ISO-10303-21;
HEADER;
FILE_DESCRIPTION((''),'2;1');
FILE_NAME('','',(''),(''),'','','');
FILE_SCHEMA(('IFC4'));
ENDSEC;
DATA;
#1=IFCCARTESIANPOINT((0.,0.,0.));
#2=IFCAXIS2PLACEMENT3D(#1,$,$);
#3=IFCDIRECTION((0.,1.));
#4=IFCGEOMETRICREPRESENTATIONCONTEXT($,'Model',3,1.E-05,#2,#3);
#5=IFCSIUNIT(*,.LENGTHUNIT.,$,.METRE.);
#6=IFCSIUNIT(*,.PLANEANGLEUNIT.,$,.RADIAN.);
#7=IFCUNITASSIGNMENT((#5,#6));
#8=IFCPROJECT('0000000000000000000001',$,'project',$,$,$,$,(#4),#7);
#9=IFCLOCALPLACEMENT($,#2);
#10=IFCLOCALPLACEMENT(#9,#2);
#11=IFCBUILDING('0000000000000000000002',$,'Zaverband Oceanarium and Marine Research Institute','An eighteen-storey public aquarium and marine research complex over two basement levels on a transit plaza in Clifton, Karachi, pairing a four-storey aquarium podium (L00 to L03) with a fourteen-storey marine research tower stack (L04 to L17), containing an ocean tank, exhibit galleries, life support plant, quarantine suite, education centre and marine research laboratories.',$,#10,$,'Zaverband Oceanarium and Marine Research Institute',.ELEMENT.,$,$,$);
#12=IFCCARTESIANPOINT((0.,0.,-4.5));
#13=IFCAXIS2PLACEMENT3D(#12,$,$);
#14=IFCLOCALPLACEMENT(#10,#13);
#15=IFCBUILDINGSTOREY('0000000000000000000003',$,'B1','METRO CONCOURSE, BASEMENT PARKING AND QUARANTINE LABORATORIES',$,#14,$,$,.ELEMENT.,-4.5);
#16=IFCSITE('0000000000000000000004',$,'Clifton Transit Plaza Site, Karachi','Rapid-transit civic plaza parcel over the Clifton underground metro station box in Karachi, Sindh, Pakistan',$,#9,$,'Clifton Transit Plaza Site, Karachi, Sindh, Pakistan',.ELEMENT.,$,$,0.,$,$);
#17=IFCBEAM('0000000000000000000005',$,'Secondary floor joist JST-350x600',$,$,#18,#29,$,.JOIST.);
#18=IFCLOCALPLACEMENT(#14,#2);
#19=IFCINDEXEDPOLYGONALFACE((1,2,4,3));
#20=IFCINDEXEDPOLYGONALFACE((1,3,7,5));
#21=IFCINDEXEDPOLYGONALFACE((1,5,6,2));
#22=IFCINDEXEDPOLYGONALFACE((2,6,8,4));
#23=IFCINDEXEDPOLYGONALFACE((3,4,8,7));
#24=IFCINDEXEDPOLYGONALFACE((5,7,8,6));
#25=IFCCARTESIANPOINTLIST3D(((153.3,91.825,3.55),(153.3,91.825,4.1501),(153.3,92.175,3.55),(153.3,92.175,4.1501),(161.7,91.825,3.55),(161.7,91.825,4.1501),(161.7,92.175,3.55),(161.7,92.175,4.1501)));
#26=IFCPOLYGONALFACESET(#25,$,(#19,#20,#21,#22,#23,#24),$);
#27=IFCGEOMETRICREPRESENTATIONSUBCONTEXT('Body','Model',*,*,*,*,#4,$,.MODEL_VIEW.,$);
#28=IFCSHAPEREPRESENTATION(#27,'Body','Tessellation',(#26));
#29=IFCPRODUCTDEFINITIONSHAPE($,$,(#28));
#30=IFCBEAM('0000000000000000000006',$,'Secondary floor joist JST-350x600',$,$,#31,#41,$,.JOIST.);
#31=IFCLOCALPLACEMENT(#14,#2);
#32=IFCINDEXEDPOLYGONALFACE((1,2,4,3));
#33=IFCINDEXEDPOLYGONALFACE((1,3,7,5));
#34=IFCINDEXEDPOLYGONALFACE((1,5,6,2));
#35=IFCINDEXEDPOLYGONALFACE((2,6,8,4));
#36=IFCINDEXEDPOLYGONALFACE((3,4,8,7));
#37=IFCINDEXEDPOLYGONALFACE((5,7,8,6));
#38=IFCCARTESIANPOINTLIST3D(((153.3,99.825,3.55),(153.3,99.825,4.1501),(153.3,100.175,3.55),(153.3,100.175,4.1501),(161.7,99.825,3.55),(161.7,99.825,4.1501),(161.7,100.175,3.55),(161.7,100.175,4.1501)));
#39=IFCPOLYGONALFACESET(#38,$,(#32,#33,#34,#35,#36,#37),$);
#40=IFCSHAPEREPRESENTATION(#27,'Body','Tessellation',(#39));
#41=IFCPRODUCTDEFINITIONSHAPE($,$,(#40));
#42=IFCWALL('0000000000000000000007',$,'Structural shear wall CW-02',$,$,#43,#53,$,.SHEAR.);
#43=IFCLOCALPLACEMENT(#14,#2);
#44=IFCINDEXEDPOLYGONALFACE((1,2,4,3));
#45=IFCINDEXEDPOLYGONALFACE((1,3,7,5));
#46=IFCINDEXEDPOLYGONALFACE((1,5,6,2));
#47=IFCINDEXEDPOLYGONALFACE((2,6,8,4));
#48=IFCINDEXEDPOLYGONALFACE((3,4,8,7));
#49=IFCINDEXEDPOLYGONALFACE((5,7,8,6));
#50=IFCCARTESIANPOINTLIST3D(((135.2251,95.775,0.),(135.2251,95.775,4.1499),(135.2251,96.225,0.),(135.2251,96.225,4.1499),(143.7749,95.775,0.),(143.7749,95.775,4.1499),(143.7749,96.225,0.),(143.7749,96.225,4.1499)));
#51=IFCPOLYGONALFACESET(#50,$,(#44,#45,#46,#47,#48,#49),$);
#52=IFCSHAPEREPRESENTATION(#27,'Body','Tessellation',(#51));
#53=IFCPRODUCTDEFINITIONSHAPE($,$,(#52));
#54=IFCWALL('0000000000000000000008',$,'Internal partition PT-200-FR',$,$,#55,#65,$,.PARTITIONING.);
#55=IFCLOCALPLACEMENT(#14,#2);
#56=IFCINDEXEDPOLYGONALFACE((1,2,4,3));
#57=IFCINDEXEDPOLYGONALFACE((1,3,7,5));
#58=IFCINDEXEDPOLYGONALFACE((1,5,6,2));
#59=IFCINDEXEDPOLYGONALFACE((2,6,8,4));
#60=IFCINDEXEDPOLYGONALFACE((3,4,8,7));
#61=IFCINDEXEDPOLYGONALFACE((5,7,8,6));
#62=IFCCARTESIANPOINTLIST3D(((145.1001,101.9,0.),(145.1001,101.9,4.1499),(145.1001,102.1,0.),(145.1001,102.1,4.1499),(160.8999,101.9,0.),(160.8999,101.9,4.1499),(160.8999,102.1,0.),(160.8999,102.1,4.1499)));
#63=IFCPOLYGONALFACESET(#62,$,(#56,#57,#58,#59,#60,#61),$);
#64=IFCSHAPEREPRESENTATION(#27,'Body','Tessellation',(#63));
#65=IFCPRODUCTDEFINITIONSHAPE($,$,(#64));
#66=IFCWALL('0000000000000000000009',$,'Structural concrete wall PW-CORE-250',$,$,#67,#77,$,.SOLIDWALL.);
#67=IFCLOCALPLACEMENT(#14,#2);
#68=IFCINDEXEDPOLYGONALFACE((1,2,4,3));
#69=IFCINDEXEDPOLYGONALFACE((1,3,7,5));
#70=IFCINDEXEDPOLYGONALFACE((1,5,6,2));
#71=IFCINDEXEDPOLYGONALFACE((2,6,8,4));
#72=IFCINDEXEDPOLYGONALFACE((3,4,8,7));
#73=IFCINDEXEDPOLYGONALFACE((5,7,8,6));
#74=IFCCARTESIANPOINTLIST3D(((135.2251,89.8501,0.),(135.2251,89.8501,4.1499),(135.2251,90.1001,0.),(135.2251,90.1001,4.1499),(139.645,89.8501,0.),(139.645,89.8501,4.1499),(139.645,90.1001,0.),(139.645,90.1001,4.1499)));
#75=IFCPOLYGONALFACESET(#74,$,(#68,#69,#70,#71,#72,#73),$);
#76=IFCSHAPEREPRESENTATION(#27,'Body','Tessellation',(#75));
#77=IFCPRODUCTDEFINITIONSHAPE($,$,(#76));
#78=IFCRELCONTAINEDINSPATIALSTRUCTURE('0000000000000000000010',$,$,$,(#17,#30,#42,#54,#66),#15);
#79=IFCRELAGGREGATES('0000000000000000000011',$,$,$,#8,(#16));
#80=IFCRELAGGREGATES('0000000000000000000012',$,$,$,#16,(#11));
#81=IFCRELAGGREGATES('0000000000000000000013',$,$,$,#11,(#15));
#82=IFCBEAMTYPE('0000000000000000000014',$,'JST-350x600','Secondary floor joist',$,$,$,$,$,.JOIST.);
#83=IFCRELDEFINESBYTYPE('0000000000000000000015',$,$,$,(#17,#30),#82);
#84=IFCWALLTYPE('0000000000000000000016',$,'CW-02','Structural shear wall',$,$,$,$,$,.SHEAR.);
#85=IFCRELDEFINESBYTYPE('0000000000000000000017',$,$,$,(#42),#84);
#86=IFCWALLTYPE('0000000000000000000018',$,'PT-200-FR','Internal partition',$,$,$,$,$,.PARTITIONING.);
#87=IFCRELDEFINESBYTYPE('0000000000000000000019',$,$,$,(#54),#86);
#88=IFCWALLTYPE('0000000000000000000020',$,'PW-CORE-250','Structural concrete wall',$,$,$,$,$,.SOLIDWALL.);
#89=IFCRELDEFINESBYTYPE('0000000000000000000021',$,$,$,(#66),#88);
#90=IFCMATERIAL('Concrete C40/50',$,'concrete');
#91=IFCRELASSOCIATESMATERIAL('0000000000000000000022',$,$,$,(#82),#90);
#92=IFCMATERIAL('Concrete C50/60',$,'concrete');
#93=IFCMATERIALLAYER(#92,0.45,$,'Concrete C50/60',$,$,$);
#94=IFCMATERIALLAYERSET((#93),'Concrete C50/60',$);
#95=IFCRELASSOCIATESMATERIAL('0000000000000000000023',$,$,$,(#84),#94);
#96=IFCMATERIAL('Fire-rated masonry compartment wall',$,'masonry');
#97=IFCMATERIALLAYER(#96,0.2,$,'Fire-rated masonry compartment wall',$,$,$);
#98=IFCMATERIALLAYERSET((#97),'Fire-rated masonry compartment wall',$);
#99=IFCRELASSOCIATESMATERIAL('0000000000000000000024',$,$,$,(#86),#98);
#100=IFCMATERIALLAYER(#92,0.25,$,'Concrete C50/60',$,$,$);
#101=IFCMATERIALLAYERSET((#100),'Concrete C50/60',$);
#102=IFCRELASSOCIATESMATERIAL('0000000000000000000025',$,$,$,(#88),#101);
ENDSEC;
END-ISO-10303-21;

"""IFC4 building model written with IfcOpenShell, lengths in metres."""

from ifc_helpers import new_model, si_unit, direction, frame, frame_2d, origin, origin_2d, place, context, subcontext, project, spatial, rectangle, extrude, material, layer, layer_set, material_profile, profile_set, type_object, element, save


model = new_model("IFC4")

# Units and contexts
model_context = context("Model", 3, precision=1e-05, world=origin(), true_north=direction((0.0, 1.0)))
body_context = subcontext(model_context, "Body", "Model", "MODEL_VIEW")
ifc_project = project(units=[si_unit("LENGTHUNIT", "METRE"), si_unit("PLANEANGLEUNIT", "RADIAN")], contexts=[model_context])

# Site, building, storey
site_placement = place(None, origin())
site = spatial("IfcSite", under=ifc_project, at=site_placement, Name="Clifton Transit Plaza Site, Karachi", Description="Rapid-transit civic plaza parcel over the Clifton underground metro station box in Karachi, Sindh, Pakistan", LongName="Clifton Transit Plaza Site, Karachi, Sindh, Pakistan", CompositionType="ELEMENT", RefElevation=0.0)
building_placement = place(site_placement, origin())
building = spatial("IfcBuilding", under=site, at=building_placement, Name="Zaverband Oceanarium and Marine Research Institute", Description="An eighteen-storey public aquarium and marine research complex over two basement levels on a transit plaza in Clifton, Karachi, pairing a four-storey aquarium podium (L00 to L03) with a fourteen-storey marine research tower stack (L04 to L17), containing an ocean tank, exhibit galleries, life support plant, quarantine suite, education centre and marine research laboratories.", LongName="Zaverband Oceanarium and Marine Research Institute", CompositionType="ELEMENT")
storey_placement = place(building_placement, frame((0.0, 0.0, -4.5)))
storey = spatial("IfcBuildingStorey", under=building, at=storey_placement, Name="B1", Description="METRO CONCOURSE, BASEMENT PARKING AND QUARANTINE LABORATORIES", CompositionType="ELEMENT", Elevation=-4.5)

# Shared definitions
ifc_material_1 = material(Name="Concrete C50/60", Category="concrete")

# Beams
ifc_material_2 = material(Name="Concrete C40/50", Category="concrete")
ifc_material_profile_1 = material_profile(ifc_material_2, rectangle(XDim=0.3501, YDim=0.6001, at=origin_2d()), Name="RC350x600")
ifc_profile_set_1 = profile_set([ifc_material_profile_1], Name="Concrete C40/50")
beam_type_1 = type_object("IfcBeamType", Name="JST-350x600", Description="Secondary floor joist", PredefinedType="JOIST", material=ifc_profile_set_1)
for number, where, z_axis, x_axis, name in (
    (1, (153.3, 92.0, 3.8501), (1.0, 0.0, 0.0), (0.0, 1.0, 0.0), "Secondary floor joist JST-350x600"),
    (2, (153.3, 100.0, 3.8501), (1.0, 0.0, 0.0), (0.0, 1.0, 0.0), "Secondary floor joist JST-350x600"),
):
    element("IfcBeam", number, at=place(storey_placement, frame(where, z_axis=z_axis, x_axis=x_axis)), inside=storey, type_object=beam_type_1, Name=name, PredefinedType="JOIST", context=body_context, shape_type="SweptSolid", body=[
        extrude(rectangle(XDim=0.3501, YDim=0.6001, at=origin_2d()), origin(), (0.0, 0.0, 1.0), 8.3999),
    ])

# Walls
ifc_layer_1 = layer(ifc_material_1, 0.45, Name="Concrete C50/60")
ifc_layer_set_1 = layer_set([ifc_layer_1], Name="Concrete C50/60")
wall_type_1 = type_object("IfcWallType", Name="CW-02", Description="Structural shear wall", PredefinedType="SHEAR", material=ifc_layer_set_1)
wall_1_placement = place(storey_placement, frame((135.2251, 96.0, 0.0), z_axis=(0.0, 0.0, 1.0), x_axis=(1.0, 0.0, 0.0)))
element("IfcWall", 3, at=wall_1_placement, inside=storey, type_object=wall_type_1, Name="Structural shear wall CW-02", PredefinedType="SHEAR", context=body_context, shape_type="SweptSolid", body=[
    extrude(rectangle(XDim=8.5498, YDim=0.45, at=frame_2d((4.2749, 0.0))), origin(), (0.0, 0.0, 1.0), 4.1499),
])
ifc_material_3 = material(Name="Fire-rated masonry compartment wall", Category="masonry")
ifc_layer_2 = layer(ifc_material_3, 0.2, Name="Fire-rated masonry compartment wall")
ifc_layer_set_2 = layer_set([ifc_layer_2], Name="Fire-rated masonry compartment wall")
wall_type_2 = type_object("IfcWallType", Name="PT-200-FR", Description="Internal partition", PredefinedType="PARTITIONING", material=ifc_layer_set_2)
wall_2_placement = place(storey_placement, frame((145.1001, 102.0, 0.0), z_axis=(0.0, 0.0, 1.0), x_axis=(1.0, 0.0, 0.0)))
element("IfcWall", 4, at=wall_2_placement, inside=storey, type_object=wall_type_2, Name="Internal partition PT-200-FR", PredefinedType="PARTITIONING", context=body_context, shape_type="SweptSolid", body=[
    extrude(rectangle(XDim=15.7998, YDim=0.2, at=frame_2d((7.8999, 0.0))), origin(), (0.0, 0.0, 1.0), 4.1499),
])
ifc_layer_3 = layer(ifc_material_1, 0.25, Name="Concrete C50/60")
ifc_layer_set_3 = layer_set([ifc_layer_3], Name="Concrete C50/60")
wall_type_3 = type_object("IfcWallType", Name="PW-CORE-250", Description="Structural concrete wall", PredefinedType="SOLIDWALL", material=ifc_layer_set_3)
wall_3_placement = place(storey_placement, frame((135.2251, 89.9751, 0.0), z_axis=(0.0, 0.0, 1.0), x_axis=(1.0, 0.0, 0.0)))
element("IfcWall", 5, at=wall_3_placement, inside=storey, type_object=wall_type_3, Name="Structural concrete wall PW-CORE-250", PredefinedType="SOLIDWALL", context=body_context, shape_type="SweptSolid", body=[
    extrude(rectangle(XDim=4.4199, YDim=0.25, at=frame_2d((2.21, 0.0))), origin(), (0.0, 0.0, 1.0), 4.1499),
])

save(model, "model.ifc")
